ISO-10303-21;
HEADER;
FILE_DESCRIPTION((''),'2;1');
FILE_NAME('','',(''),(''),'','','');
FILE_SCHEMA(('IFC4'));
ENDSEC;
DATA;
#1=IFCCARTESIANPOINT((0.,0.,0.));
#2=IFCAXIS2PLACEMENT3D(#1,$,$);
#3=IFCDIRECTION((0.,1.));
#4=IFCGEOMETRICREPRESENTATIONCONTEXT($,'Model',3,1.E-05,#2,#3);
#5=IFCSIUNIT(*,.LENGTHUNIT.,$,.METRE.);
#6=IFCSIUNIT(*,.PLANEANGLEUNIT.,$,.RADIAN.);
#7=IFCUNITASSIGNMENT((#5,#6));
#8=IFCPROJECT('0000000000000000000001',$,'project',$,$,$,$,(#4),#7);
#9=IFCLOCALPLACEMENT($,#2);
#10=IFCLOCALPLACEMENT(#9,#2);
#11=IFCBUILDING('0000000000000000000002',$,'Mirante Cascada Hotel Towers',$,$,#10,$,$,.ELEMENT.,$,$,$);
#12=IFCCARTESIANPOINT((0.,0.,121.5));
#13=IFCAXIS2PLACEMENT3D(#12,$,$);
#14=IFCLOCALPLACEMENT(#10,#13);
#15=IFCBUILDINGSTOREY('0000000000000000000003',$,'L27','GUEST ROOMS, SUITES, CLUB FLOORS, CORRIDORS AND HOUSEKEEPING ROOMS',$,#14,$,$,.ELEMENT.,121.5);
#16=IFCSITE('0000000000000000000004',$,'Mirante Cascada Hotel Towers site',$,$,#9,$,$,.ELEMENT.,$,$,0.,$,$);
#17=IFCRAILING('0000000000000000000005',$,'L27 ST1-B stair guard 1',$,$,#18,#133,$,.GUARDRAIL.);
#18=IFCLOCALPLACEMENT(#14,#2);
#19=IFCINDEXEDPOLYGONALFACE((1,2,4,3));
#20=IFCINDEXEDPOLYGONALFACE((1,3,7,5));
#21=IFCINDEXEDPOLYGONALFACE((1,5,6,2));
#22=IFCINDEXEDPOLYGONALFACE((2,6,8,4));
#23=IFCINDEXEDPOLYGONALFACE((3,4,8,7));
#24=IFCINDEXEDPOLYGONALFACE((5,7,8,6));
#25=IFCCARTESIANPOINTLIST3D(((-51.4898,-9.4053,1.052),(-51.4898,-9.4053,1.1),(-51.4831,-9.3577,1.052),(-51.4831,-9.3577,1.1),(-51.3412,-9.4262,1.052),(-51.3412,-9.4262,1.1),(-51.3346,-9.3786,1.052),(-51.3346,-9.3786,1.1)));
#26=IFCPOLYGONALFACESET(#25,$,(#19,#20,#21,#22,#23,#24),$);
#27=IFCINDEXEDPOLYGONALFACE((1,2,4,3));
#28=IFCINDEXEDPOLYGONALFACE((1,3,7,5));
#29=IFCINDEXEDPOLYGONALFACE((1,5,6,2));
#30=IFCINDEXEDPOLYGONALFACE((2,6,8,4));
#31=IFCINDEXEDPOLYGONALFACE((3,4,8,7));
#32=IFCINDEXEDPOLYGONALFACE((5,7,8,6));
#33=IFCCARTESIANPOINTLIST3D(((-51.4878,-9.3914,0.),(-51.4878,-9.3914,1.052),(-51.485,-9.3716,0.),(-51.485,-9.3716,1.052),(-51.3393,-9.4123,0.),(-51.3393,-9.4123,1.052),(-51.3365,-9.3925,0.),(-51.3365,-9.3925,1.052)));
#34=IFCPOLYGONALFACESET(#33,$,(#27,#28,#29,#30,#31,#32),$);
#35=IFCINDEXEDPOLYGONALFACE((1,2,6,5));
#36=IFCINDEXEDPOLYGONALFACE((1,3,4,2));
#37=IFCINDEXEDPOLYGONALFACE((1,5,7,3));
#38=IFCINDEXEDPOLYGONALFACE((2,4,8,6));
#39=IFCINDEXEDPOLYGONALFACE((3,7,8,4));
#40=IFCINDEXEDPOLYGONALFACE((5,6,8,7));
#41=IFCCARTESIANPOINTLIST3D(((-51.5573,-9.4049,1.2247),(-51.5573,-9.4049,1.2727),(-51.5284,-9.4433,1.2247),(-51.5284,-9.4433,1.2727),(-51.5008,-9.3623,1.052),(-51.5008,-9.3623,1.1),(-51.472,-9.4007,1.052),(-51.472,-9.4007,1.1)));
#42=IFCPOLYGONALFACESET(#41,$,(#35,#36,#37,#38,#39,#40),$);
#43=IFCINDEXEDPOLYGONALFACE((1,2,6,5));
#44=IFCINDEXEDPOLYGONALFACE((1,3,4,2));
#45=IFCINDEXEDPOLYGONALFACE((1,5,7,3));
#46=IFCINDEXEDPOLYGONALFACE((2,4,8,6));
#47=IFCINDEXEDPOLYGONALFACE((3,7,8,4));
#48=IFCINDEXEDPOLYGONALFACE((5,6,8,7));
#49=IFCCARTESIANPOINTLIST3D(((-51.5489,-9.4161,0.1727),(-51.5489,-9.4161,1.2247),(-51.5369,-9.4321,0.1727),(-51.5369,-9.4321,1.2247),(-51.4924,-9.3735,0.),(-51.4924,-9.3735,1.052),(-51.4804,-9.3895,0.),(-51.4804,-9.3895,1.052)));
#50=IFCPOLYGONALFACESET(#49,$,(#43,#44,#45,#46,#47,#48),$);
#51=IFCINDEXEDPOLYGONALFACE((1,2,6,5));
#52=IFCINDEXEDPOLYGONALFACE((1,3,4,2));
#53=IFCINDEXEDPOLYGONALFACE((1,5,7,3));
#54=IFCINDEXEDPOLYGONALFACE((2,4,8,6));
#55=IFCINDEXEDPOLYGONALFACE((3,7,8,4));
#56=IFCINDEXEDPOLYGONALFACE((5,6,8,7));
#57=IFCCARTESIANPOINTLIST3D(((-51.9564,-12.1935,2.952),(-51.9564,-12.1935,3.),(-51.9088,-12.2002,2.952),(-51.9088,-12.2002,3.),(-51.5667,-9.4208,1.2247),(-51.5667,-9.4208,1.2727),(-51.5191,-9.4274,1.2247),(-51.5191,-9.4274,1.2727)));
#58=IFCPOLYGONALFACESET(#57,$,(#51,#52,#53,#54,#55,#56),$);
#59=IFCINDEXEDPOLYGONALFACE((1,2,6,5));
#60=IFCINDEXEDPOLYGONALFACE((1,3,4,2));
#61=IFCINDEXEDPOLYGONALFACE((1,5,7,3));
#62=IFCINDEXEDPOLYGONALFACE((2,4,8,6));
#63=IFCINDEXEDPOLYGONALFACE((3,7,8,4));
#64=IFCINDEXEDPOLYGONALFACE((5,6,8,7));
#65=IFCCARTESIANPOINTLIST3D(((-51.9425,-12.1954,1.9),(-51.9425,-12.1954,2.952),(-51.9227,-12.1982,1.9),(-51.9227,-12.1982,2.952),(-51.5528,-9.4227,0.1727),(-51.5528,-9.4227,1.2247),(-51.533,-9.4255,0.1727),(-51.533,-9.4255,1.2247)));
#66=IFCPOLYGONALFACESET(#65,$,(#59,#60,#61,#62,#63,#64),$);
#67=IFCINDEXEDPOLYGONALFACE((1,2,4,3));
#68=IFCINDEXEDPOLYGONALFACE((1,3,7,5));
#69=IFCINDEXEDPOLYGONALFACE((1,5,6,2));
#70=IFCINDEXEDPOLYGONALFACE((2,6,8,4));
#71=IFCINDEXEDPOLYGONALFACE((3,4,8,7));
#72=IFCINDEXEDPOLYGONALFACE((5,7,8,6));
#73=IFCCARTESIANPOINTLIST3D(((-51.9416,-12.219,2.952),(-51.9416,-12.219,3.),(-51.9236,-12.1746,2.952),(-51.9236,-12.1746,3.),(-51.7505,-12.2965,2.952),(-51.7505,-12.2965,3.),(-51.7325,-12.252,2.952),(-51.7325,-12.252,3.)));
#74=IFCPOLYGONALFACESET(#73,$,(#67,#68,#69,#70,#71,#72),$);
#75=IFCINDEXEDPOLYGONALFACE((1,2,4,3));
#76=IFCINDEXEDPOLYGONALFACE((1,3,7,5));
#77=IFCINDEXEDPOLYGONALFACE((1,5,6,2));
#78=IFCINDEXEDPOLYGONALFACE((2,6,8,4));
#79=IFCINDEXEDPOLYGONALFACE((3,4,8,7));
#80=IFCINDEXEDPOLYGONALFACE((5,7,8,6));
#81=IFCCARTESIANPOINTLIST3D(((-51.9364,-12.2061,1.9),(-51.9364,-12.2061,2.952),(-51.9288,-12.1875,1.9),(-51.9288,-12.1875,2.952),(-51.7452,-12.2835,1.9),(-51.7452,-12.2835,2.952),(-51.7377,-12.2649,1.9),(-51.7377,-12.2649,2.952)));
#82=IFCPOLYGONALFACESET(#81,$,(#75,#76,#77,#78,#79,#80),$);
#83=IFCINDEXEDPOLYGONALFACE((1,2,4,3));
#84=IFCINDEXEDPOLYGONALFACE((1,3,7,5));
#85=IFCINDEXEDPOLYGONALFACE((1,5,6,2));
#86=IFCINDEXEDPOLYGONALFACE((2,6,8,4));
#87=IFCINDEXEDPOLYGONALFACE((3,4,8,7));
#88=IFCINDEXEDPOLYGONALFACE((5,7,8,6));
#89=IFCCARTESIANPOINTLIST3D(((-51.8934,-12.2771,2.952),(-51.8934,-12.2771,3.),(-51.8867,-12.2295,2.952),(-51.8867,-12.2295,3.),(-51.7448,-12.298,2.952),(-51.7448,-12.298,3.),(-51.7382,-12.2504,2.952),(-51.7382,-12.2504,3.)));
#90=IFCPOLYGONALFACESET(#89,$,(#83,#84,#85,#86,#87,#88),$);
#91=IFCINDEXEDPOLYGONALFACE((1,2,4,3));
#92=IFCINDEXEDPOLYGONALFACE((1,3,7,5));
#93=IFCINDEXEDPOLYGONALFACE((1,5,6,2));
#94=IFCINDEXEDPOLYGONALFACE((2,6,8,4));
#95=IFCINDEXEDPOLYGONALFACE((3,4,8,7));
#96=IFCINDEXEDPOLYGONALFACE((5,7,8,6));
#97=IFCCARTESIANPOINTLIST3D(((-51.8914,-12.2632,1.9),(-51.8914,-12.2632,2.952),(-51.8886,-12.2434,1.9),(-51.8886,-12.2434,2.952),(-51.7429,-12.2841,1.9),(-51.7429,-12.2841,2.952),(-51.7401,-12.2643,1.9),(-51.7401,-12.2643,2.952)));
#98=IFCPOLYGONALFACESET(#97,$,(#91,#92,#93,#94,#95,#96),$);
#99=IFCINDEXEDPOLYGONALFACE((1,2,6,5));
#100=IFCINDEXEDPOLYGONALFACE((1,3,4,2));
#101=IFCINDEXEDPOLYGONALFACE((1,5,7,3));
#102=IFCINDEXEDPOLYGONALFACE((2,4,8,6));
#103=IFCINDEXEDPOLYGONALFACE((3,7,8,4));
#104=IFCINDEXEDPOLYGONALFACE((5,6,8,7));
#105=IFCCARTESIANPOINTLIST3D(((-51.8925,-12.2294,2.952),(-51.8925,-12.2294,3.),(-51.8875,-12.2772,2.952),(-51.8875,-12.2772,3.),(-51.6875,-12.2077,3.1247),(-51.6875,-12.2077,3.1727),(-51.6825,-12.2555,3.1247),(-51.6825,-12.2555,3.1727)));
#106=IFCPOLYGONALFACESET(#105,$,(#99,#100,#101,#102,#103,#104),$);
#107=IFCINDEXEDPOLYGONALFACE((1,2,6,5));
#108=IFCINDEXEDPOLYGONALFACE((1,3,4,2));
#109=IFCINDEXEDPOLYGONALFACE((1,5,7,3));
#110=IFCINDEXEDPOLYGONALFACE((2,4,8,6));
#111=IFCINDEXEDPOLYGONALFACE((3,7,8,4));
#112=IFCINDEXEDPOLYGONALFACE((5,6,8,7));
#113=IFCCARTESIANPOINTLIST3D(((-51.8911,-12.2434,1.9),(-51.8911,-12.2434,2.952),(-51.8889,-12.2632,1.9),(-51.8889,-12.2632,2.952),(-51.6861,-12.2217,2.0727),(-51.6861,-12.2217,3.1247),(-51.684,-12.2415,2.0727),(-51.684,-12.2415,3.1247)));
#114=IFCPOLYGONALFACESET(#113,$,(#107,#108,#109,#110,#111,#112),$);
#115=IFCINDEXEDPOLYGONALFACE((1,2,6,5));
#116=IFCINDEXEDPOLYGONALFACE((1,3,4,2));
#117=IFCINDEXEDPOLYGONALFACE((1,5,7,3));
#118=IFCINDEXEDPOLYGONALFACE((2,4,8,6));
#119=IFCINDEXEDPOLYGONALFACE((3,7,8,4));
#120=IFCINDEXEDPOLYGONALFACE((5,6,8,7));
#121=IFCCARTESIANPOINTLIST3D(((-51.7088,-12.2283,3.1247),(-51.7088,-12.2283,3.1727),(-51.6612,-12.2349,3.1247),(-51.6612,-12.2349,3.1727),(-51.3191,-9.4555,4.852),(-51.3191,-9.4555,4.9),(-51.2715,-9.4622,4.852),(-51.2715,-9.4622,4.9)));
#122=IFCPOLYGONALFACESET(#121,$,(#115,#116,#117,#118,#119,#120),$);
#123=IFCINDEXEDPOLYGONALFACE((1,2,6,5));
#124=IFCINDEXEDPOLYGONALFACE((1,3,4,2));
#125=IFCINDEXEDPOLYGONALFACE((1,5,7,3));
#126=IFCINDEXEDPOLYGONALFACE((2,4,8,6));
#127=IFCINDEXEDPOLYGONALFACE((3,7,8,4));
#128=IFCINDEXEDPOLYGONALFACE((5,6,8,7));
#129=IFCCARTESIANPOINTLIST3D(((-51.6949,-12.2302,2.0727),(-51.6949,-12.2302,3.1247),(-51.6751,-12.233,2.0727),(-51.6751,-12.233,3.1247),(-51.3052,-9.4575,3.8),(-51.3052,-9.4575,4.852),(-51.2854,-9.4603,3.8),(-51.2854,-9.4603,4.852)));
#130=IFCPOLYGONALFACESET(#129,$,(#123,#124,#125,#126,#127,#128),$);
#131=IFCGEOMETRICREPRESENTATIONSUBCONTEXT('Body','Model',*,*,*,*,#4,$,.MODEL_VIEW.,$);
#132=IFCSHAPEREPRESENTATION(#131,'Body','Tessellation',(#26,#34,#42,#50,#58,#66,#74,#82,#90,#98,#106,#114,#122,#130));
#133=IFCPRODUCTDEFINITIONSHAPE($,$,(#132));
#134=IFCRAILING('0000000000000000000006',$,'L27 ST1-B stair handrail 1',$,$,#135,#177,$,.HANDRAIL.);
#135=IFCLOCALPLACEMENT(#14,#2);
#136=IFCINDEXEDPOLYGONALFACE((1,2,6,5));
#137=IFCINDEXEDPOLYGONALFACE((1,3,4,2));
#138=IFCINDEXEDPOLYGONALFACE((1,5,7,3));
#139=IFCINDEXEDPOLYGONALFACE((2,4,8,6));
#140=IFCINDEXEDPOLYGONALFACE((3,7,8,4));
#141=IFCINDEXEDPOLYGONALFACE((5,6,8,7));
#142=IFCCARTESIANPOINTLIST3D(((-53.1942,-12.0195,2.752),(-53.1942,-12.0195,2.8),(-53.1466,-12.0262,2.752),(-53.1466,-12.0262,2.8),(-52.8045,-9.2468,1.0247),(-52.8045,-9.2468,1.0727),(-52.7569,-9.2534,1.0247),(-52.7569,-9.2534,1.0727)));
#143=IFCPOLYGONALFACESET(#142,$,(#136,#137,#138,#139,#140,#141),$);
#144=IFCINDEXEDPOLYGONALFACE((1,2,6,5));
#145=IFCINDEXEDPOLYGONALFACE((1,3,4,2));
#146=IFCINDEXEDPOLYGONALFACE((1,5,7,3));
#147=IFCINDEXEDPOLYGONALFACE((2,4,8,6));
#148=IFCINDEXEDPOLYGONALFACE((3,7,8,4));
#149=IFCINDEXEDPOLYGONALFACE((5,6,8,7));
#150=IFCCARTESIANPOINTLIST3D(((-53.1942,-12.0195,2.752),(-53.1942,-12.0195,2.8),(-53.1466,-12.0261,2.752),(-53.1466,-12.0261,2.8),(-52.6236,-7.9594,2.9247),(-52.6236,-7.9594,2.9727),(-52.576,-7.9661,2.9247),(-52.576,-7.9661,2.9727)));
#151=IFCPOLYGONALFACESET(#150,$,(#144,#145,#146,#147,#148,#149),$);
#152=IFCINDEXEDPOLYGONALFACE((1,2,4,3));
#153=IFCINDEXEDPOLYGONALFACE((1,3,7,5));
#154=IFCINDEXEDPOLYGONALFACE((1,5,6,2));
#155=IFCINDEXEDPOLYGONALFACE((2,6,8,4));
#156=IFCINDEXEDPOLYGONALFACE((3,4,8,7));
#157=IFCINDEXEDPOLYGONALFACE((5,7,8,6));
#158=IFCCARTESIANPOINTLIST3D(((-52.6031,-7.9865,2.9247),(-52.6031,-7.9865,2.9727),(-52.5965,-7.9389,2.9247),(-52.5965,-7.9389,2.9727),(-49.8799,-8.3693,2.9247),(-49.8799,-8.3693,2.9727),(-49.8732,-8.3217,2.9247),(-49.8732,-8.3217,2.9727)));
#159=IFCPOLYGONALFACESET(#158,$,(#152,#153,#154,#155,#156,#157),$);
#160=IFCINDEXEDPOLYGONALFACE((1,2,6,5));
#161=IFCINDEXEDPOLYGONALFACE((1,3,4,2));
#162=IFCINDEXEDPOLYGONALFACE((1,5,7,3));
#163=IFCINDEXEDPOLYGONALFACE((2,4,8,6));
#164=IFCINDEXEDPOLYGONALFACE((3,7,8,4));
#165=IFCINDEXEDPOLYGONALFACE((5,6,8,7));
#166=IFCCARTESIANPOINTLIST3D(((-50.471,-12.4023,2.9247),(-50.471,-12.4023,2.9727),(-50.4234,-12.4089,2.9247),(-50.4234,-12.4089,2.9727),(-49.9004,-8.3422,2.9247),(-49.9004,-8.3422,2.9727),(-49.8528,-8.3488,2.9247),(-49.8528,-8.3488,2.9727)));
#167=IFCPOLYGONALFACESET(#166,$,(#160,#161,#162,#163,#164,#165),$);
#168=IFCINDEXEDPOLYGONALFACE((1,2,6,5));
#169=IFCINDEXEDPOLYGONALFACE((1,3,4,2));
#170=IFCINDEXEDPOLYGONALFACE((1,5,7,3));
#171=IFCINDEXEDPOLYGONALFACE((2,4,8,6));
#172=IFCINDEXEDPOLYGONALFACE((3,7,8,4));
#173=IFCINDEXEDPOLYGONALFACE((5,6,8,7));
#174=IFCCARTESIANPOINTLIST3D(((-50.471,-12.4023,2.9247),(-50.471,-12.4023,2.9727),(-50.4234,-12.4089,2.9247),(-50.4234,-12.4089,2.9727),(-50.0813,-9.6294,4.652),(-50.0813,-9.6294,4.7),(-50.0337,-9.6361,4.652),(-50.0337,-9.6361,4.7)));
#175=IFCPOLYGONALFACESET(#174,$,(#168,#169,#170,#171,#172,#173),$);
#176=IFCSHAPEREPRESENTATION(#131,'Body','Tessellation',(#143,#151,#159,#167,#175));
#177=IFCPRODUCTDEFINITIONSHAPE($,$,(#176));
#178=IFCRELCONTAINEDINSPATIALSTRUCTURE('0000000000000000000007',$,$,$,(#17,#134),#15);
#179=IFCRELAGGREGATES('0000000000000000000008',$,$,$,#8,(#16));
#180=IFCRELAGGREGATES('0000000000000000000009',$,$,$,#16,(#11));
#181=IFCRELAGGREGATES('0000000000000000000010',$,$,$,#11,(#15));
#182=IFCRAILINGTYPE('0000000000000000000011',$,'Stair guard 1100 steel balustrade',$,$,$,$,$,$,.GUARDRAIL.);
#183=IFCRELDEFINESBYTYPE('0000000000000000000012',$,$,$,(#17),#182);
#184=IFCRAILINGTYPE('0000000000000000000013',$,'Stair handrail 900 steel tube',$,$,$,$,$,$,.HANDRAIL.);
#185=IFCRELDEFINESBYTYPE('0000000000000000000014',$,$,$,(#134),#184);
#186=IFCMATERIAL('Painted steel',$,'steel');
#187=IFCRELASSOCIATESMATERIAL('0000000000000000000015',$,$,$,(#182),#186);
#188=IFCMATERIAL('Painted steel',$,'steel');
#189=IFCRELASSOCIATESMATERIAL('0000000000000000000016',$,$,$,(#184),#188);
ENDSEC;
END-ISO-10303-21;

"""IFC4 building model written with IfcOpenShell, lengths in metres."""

from ifc_helpers import new_model, si_unit, direction, frame, origin, origin_2d, place, context, subcontext, project, spatial, rectangle, extrude, material, type_object, element, save


model = new_model("IFC4")

# Units and contexts
model_context = context("Model", 3, precision=1e-05, world=origin(), true_north=direction((0.0, 1.0)))
body_context = subcontext(model_context, "Body", "Model", "MODEL_VIEW")
ifc_project = project(units=[si_unit("LENGTHUNIT", "METRE"), si_unit("PLANEANGLEUNIT", "RADIAN")], contexts=[model_context])

# Site, building, storey
site_placement = place(None, origin())
site = spatial("IfcSite", under=ifc_project, at=site_placement, Name="Mirante Cascada Hotel Towers site", CompositionType="ELEMENT", RefElevation=0.0)
building_placement = place(site_placement, origin())
building = spatial("IfcBuilding", under=site, at=building_placement, Name="Mirante Cascada Hotel Towers", CompositionType="ELEMENT")
storey_placement = place(building_placement, frame((0.0, 0.0, 121.5)))
storey = spatial("IfcBuildingStorey", under=building, at=storey_placement, Name="L27", Description="GUEST ROOMS, SUITES, CLUB FLOORS, CORRIDORS AND HOUSEKEEPING ROOMS", CompositionType="ELEMENT", Elevation=121.5)

# Railings
ifc_material_1 = material(Name="Painted steel", Category="steel")
railing_type_1 = type_object("IfcRailingType", Name="Stair guard 1100 steel balustrade", PredefinedType="GUARDRAIL", material=ifc_material_1)
railing_1_placement = place(storey_placement, frame((-51.3379, -9.4024, 0.0)))
element("IfcRailing", 1, at=railing_1_placement, inside=storey, type_object=railing_type_1, Name="L27 ST1-B stair guard 1", PredefinedType="GUARDRAIL", context=body_context, shape_type="SweptSolid", body=[
    extrude(rectangle(XDim=0.048, YDim=0.048, at=origin_2d()), frame((0.0, 0.0, 1.076), z_axis=(-0.990241, 0.139367, 0.0), x_axis=(-0.139367, -0.990241, 0.0)), (0.0, 0.0, 1.0), 0.15),
    extrude(rectangle(XDim=0.02, YDim=1.052, at=origin_2d()), frame((0.0, 0.0, 0.526), z_axis=(-0.990241, 0.139367, 0.0), x_axis=(-0.139367, -0.990241, 0.0)), (0.0, 0.0, 1.0), 0.15),
    extrude(rectangle(XDim=0.048, YDim=0.048, at=origin_2d()), frame((-0.1485, 0.0209, 1.076), z_axis=(-0.798471, -0.602033, 0.0), x_axis=(0.602033, -0.798471, 0.0)), (0.0, 0.92534, 0.379139), 0.1866),
    extrude(rectangle(XDim=0.02, YDim=1.052, at=origin_2d()), frame((-0.1485, 0.0209, 0.526), z_axis=(-0.798471, -0.602033, 0.0), x_axis=(0.602033, -0.798471, 0.0)), (0.0, 0.92534, 0.379139), 0.1866),
    extrude(rectangle(XDim=0.048, YDim=0.048, at=origin_2d()), frame((-0.205, -0.0217, 1.2487), z_axis=(-0.139181, -0.990267, 0.0), x_axis=(0.990267, -0.139181, 0.0)), (0.0, 0.525035, 0.851081), 3.2899),
    extrude(rectangle(XDim=0.02, YDim=1.052, at=origin_2d()), frame((-0.205, -0.0217, 0.6987), z_axis=(-0.139181, -0.990267, 0.0), x_axis=(0.990267, -0.139181, 0.0)), (0.0, 0.525035, 0.851081), 3.2899),
    extrude(rectangle(XDim=0.048, YDim=0.048, at=origin_2d()), frame((-0.5947, -2.7944, 2.976), z_axis=(0.926862, -0.375401, 0.0), x_axis=(0.375401, 0.926862, 0.0)), (0.0, 0.0, 1.0), 0.2062),
    extrude(rectangle(XDim=0.02, YDim=1.052, at=origin_2d()), frame((-0.5947, -2.7944, 2.426), z_axis=(0.926862, -0.375401, 0.0), x_axis=(0.375401, 0.926862, 0.0)), (0.0, 0.0, 1.0), 0.2062),
    extrude(rectangle(XDim=0.048, YDim=0.048, at=origin_2d()), frame((-0.4036, -2.8718, 2.976), z_axis=(-0.990241, 0.139367, 0.0), x_axis=(-0.139367, -0.990241, 0.0)), (0.0, 0.0, 1.0), 0.15),
    extrude(rectangle(XDim=0.02, YDim=1.052, at=origin_2d()), frame((-0.4036, -2.8718, 2.426), z_axis=(-0.990241, 0.139367, 0.0), x_axis=(-0.139367, -0.990241, 0.0)), (0.0, 0.0, 1.0), 0.15),
    extrude(rectangle(XDim=0.048, YDim=0.048, at=origin_2d()), frame((-0.5521, -2.8509, 2.976), z_axis=(0.994444, 0.105266, 0.0), x_axis=(-0.105266, 0.994444, 0.0)), (0.0, 0.642184, 0.76655), 0.2689),
    extrude(rectangle(XDim=0.02, YDim=1.052, at=origin_2d()), frame((-0.5521, -2.8509, 2.426), z_axis=(0.994444, 0.105266, 0.0), x_axis=(-0.105266, 0.994444, 0.0)), (0.0, 0.642184, 0.76655), 0.2689),
    extrude(rectangle(XDim=0.048, YDim=0.048, at=origin_2d()), frame((-0.3471, -2.8292, 3.1487), z_axis=(0.139181, 0.990267, 0.0), x_axis=(-0.990267, 0.139181, 0.0)), (0.0, 0.525035, 0.851081), 3.2899),
    extrude(rectangle(XDim=0.02, YDim=1.052, at=origin_2d()), frame((-0.3471, -2.8292, 2.5987), z_axis=(0.139181, 0.990267, 0.0), x_axis=(-0.990267, 0.139181, 0.0)), (0.0, 0.525035, 0.851081), 3.2899),
])
ifc_material_2 = material(Name="Painted steel", Category="steel")
railing_type_2 = type_object("IfcRailingType", Name="Stair handrail 900 steel tube", PredefinedType="HANDRAIL", material=ifc_material_2)
railing_2_placement = place(storey_placement, frame((-52.7807, -9.2501, 0.1727)))
element("IfcRailing", 2, at=railing_2_placement, inside=storey, type_object=railing_type_2, Name="L27 ST1-B stair handrail 1", PredefinedType="HANDRAIL", context=body_context, shape_type="SweptSolid", body=[
    extrude(rectangle(XDim=0.048, YDim=0.048, at=origin_2d()), frame((0.0, 0.0, 0.876), z_axis=(-0.139181, -0.990267, 0.0), x_axis=(0.990267, -0.139181, 0.0)), (0.0, 0.525035, 0.851081), 3.2899),
    extrude(rectangle(XDim=0.048, YDim=0.048, at=origin_2d()), frame((-0.3897, -2.7727, 2.6033), z_axis=(0.139171, 0.990268, 0.0), x_axis=(-0.990268, 0.139171, 0.0)), (0.0, 0.042085, 0.999114), 4.1036),
    extrude(rectangle(XDim=0.048, YDim=0.048, at=origin_2d()), frame((0.1809, 1.2874, 2.776), z_axis=(0.990264, -0.139201, 0.0), x_axis=(0.139201, 0.990264, 0.0)), (0.0, 0.0, 1.0), 2.75),
    extrude(rectangle(XDim=0.048, YDim=0.048, at=origin_2d()), frame((2.9041, 0.9046, 2.776), z_axis=(-0.139171, -0.990268, 0.0), x_axis=(0.990268, -0.139171, 0.0)), (0.0, 0.0, 1.0), 4.1),
    extrude(rectangle(XDim=0.048, YDim=0.048, at=origin_2d()), frame((2.3335, -3.1555, 2.776), z_axis=(0.139176, 0.990268, 0.0), x_axis=(-0.990268, 0.139176, 0.0)), (0.0, 0.525021, 0.851089), 3.29),
])

save(model, "model.ifc")
